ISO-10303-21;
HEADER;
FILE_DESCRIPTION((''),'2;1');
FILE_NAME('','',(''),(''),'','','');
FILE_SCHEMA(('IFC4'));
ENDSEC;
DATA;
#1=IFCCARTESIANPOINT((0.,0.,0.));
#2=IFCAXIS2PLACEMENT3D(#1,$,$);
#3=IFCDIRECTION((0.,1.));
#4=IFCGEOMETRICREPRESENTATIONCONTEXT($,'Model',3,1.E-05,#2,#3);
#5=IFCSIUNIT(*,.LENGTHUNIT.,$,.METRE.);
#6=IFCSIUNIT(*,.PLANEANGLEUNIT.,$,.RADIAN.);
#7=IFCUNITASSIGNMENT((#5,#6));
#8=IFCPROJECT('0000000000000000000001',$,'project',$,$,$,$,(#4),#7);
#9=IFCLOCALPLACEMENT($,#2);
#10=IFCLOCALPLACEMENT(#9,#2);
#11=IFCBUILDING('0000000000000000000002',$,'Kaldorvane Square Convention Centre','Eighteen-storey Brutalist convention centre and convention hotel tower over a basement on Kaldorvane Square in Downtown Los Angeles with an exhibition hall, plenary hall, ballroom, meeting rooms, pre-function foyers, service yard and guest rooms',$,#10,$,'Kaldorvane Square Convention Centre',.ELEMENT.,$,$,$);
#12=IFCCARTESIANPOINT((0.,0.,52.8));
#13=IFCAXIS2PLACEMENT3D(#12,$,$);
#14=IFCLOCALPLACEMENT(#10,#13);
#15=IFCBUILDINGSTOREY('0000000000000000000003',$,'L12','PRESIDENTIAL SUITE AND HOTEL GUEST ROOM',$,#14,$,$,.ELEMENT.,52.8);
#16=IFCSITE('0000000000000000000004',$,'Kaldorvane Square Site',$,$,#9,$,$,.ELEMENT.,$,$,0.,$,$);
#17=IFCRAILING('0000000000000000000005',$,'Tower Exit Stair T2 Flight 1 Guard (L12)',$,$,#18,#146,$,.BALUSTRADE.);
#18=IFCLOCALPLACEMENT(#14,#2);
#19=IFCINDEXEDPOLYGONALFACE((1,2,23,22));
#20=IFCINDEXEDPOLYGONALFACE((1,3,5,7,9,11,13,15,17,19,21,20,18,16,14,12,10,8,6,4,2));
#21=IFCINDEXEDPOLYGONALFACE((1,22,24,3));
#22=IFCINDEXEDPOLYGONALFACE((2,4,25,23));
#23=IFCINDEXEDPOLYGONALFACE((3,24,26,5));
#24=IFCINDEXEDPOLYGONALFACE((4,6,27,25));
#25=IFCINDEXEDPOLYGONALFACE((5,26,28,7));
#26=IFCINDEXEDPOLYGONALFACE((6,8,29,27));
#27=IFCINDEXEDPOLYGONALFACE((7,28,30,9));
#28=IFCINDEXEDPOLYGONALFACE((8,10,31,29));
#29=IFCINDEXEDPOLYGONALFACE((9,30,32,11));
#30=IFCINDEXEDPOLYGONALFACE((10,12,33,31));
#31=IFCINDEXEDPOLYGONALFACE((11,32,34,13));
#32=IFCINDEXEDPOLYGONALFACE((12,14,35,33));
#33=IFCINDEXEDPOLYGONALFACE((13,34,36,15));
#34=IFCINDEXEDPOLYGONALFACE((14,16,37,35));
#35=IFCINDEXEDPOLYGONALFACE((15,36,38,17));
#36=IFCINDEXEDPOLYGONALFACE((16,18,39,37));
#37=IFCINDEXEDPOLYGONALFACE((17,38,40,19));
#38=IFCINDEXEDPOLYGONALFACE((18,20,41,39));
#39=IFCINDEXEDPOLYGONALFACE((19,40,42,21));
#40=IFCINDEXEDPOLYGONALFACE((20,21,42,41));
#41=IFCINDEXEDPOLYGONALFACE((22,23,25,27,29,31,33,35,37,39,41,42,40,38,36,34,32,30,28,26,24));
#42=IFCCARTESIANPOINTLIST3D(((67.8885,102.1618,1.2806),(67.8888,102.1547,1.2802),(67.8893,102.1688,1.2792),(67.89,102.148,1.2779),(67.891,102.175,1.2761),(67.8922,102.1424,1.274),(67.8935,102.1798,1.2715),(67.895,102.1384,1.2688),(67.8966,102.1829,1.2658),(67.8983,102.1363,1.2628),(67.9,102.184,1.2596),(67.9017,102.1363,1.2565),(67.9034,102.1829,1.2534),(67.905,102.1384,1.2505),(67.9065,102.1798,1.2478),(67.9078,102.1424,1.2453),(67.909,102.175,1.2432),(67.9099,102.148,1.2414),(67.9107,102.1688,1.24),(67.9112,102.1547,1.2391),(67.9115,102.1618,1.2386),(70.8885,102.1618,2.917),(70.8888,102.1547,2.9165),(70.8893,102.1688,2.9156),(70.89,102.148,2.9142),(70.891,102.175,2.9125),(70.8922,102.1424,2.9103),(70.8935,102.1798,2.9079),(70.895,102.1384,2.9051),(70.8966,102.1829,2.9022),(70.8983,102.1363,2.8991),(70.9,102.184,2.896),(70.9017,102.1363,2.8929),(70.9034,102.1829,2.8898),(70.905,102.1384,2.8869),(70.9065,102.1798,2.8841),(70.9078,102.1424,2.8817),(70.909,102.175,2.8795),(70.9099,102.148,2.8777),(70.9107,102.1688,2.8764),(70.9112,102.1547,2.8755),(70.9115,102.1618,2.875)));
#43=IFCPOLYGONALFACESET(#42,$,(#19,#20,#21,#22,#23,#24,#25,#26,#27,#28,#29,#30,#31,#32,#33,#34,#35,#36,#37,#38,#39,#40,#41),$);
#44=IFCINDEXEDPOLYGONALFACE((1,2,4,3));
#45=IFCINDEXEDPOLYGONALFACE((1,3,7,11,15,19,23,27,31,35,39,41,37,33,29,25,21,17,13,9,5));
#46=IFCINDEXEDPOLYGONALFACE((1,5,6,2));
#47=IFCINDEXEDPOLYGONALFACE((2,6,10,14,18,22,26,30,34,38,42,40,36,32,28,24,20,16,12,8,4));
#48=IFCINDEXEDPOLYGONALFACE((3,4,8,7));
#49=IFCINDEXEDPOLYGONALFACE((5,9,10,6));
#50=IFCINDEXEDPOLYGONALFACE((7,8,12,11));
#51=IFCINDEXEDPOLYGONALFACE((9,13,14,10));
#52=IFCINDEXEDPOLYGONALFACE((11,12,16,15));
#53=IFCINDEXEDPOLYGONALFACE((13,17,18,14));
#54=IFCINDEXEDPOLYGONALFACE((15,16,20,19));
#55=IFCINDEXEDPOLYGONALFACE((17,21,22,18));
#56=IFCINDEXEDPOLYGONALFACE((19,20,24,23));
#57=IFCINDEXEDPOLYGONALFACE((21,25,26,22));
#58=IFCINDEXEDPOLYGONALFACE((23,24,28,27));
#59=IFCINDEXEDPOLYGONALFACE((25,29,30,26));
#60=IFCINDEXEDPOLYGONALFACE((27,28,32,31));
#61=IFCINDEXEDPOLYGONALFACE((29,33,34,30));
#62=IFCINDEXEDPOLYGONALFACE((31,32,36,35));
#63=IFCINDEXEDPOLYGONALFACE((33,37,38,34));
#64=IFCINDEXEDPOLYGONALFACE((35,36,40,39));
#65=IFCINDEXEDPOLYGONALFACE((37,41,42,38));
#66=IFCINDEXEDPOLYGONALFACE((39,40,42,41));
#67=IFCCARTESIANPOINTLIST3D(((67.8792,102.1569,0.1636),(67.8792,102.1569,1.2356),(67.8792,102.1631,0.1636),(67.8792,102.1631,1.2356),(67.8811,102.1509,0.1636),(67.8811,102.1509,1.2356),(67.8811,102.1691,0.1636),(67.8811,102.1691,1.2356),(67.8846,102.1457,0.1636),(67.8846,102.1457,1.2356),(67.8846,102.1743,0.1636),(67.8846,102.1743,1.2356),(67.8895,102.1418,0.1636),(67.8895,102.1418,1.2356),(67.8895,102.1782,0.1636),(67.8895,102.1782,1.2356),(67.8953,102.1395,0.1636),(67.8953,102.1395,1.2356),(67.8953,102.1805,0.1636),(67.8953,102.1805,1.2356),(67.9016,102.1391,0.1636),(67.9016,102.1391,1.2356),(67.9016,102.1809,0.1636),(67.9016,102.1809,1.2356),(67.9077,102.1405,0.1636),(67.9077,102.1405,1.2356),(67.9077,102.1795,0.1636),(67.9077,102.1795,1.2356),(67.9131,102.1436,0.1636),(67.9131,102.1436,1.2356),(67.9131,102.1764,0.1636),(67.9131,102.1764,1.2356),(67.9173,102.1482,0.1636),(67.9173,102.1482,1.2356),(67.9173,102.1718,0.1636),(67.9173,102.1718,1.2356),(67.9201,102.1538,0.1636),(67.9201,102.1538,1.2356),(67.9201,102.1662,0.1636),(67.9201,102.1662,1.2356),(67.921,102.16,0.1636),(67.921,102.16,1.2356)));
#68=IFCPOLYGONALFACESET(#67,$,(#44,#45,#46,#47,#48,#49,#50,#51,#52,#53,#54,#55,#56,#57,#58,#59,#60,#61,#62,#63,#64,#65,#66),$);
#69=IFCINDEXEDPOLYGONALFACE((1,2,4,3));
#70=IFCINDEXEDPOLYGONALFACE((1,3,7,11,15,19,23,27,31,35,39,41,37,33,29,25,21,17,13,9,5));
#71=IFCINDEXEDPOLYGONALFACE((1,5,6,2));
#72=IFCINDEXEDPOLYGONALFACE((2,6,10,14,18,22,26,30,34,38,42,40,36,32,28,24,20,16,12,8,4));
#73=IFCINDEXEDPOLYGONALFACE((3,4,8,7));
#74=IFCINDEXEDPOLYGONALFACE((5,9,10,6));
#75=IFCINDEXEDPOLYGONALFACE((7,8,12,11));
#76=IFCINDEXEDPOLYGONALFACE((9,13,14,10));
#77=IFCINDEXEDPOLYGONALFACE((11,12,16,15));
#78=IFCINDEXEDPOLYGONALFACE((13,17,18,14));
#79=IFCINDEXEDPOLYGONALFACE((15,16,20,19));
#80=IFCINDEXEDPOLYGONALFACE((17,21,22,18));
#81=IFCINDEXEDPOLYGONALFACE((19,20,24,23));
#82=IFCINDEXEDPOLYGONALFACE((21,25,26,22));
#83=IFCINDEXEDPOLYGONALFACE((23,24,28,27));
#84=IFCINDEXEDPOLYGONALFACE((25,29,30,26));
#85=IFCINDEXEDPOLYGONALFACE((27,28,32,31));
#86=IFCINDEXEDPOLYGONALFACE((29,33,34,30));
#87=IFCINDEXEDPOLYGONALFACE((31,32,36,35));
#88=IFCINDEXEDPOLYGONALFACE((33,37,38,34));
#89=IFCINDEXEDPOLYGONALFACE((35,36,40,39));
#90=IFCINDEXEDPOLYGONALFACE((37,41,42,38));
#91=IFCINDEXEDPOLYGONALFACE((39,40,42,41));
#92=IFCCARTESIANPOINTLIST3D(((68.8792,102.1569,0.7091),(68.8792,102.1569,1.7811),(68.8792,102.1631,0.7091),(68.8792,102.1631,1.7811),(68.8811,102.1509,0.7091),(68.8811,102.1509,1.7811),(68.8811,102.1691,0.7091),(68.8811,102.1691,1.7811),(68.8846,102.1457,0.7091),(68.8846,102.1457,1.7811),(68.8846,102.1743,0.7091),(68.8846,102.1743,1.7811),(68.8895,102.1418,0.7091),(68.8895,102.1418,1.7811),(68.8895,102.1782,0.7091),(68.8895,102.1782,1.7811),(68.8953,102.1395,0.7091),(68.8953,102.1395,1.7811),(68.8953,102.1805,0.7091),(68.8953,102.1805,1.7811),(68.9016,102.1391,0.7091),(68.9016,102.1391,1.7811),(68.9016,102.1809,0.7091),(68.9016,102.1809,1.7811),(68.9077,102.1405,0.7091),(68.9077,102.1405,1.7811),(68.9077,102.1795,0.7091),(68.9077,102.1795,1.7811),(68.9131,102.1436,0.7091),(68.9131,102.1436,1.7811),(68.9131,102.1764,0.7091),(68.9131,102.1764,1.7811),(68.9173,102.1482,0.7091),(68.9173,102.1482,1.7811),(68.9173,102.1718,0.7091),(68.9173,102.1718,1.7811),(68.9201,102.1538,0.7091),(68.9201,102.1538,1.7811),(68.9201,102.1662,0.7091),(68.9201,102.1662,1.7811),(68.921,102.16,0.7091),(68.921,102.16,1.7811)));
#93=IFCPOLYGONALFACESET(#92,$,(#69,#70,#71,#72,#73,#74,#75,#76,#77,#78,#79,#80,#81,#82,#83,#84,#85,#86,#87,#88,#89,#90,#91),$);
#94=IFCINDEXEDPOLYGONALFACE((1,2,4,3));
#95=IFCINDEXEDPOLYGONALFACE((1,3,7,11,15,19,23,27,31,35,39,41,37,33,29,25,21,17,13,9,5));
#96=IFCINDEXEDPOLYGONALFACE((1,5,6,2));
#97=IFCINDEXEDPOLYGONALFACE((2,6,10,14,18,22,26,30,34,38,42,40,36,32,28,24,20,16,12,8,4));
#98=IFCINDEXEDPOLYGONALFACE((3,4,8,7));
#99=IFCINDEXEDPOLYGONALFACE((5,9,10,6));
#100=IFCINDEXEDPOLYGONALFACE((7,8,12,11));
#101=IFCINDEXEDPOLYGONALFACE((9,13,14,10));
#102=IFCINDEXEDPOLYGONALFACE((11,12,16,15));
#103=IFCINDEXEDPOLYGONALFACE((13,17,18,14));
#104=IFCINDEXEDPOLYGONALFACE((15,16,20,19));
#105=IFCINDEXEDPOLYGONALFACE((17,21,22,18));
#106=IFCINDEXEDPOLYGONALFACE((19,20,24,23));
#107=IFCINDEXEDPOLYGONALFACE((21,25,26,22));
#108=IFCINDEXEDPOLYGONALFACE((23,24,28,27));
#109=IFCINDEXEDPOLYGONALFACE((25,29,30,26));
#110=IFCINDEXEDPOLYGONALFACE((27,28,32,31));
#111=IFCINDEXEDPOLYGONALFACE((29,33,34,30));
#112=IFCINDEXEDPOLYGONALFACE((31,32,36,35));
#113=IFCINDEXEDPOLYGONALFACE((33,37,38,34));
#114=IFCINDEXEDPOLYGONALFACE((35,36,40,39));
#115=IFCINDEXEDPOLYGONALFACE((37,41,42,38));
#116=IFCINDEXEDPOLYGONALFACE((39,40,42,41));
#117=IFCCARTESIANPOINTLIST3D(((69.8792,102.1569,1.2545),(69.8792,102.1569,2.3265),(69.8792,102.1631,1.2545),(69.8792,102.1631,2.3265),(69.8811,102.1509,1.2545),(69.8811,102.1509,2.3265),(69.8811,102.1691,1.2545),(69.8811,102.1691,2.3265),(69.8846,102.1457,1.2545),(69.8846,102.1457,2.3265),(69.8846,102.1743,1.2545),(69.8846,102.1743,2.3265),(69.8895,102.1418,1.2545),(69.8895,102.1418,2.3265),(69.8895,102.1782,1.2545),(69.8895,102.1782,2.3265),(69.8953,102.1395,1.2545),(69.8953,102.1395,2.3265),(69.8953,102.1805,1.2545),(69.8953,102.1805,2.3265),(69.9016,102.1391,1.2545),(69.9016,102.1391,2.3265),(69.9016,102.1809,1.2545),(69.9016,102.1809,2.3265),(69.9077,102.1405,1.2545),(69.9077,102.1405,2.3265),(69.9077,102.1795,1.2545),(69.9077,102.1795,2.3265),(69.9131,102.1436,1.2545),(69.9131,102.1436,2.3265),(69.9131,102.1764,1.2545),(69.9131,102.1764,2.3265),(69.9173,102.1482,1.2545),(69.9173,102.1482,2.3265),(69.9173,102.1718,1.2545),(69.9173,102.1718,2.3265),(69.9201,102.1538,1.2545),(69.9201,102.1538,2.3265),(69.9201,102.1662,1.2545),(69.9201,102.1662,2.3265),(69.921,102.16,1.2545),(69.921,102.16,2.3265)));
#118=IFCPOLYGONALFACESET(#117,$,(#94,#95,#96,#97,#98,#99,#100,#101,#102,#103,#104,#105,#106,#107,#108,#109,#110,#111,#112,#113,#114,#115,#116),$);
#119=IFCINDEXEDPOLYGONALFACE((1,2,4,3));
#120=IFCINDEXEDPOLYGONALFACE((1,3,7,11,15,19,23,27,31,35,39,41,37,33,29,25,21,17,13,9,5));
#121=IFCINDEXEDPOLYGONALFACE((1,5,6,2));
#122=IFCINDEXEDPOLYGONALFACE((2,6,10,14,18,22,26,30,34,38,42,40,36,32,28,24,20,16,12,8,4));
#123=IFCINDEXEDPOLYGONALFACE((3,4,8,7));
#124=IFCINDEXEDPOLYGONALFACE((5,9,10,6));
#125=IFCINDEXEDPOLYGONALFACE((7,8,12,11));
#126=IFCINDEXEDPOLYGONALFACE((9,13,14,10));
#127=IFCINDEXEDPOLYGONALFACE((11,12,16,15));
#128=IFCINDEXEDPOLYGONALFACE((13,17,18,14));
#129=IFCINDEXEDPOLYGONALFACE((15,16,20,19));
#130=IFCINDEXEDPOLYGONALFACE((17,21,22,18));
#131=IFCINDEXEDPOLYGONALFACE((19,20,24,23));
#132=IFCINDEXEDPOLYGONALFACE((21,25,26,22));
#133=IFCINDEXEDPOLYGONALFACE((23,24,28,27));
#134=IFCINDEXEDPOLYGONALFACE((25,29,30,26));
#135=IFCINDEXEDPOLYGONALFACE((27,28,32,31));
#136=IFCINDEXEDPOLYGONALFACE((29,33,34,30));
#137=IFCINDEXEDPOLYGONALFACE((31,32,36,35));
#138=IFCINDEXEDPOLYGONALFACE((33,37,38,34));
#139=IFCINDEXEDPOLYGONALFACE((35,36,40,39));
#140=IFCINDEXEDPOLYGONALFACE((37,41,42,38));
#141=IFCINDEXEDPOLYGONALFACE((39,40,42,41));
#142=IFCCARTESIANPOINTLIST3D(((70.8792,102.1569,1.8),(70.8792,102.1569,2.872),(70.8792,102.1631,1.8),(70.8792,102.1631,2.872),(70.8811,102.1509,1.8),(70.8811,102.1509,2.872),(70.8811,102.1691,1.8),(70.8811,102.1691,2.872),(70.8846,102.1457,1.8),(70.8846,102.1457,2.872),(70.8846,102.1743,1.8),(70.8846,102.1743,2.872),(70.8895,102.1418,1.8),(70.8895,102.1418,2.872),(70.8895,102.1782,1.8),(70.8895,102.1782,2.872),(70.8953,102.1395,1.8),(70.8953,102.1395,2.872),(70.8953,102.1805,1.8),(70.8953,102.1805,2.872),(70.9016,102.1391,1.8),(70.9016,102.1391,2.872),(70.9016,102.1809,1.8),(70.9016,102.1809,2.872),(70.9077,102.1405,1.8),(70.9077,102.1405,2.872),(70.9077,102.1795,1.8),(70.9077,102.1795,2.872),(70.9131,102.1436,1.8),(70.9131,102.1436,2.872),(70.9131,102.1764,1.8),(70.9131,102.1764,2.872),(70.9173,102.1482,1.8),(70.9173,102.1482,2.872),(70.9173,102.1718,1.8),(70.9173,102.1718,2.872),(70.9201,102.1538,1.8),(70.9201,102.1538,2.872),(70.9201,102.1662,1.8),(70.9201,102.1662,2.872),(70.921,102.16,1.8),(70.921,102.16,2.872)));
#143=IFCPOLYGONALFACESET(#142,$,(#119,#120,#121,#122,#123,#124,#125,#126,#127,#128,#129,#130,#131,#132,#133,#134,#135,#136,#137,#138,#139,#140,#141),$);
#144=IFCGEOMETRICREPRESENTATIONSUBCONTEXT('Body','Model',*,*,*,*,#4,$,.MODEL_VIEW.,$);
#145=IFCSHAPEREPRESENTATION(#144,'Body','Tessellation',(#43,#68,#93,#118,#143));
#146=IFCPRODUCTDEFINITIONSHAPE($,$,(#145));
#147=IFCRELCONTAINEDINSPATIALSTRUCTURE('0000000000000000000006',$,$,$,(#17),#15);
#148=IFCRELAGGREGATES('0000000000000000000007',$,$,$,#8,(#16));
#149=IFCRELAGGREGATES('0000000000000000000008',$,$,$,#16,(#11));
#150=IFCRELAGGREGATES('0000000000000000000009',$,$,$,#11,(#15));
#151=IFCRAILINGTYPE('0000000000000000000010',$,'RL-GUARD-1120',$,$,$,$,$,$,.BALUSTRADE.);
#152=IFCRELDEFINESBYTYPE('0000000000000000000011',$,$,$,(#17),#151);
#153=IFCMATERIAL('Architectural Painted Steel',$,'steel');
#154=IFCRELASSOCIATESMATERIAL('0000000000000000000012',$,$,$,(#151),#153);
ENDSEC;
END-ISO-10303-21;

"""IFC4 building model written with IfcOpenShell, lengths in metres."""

from ifc_helpers import new_model, si_unit, direction, frame, origin, origin_2d, place, context, subcontext, project, spatial, circle, extrude, material, type_object, element, save


model = new_model("IFC4")

# Units and contexts
model_context = context("Model", 3, precision=1e-05, world=origin(), true_north=direction((0.0, 1.0)))
body_context = subcontext(model_context, "Body", "Model", "MODEL_VIEW")
ifc_project = project(units=[si_unit("LENGTHUNIT", "METRE"), si_unit("PLANEANGLEUNIT", "RADIAN")], contexts=[model_context])

# Site, building, storey
site_placement = place(None, origin())
site = spatial("IfcSite", under=ifc_project, at=site_placement, Name="Kaldorvane Square Site", CompositionType="ELEMENT", RefElevation=0.0)
building_placement = place(site_placement, origin())
building = spatial("IfcBuilding", under=site, at=building_placement, Name="Kaldorvane Square Convention Centre", Description="Eighteen-storey Brutalist convention centre and convention hotel tower over a basement on Kaldorvane Square in Downtown Los Angeles with an exhibition hall, plenary hall, ballroom, meeting rooms, pre-function foyers, service yard and guest rooms", LongName="Kaldorvane Square Convention Centre", CompositionType="ELEMENT")
storey_placement = place(building_placement, frame((0.0, 0.0, 52.8)))
storey = spatial("IfcBuildingStorey", under=building, at=storey_placement, Name="L12", Description="PRESIDENTIAL SUITE AND HOTEL GUEST ROOM", CompositionType="ELEMENT", Elevation=52.8)

# Railing
ifc_material_1 = material(Name="Architectural Painted Steel", Category="steel")
railing_type_1 = type_object("IfcRailingType", Name="RL-GUARD-1120", PredefinedType="BALUSTRADE", material=ifc_material_1)
railing_1_placement = place(storey_placement, frame((67.9, 102.16, 0.1636)))
element("IfcRailing", 1, at=railing_1_placement, inside=storey, type_object=railing_type_1, Name="Tower Exit Stair T2 Flight 1 Guard (L12)", PredefinedType="BALUSTRADE", context=body_context, shape_type="SweptSolid", body=[
    extrude(circle(Radius=0.024, at=origin_2d()), frame((0.0, 0.0, 1.096), z_axis=(0.877895, 0.0, 0.478853), x_axis=(0.0, 1.0, 0.0)), (0.0, 0.0, 1.0), 3.4173),
    extrude(circle(Radius=0.021, at=origin_2d()), origin(), (0.0, 0.0, 1.0), 1.072),
    extrude(circle(Radius=0.021, at=origin_2d()), frame((1.0, 0.0, 0.5455)), (0.0, 0.0, 1.0), 1.072),
    extrude(circle(Radius=0.021, at=origin_2d()), frame((2.0, 0.0, 1.0909)), (0.0, 0.0, 1.0), 1.072),
    extrude(circle(Radius=0.021, at=origin_2d()), frame((3.0, 0.0, 1.6364)), (0.0, 0.0, 1.0), 1.072),
])

save(model, "model.ifc")
